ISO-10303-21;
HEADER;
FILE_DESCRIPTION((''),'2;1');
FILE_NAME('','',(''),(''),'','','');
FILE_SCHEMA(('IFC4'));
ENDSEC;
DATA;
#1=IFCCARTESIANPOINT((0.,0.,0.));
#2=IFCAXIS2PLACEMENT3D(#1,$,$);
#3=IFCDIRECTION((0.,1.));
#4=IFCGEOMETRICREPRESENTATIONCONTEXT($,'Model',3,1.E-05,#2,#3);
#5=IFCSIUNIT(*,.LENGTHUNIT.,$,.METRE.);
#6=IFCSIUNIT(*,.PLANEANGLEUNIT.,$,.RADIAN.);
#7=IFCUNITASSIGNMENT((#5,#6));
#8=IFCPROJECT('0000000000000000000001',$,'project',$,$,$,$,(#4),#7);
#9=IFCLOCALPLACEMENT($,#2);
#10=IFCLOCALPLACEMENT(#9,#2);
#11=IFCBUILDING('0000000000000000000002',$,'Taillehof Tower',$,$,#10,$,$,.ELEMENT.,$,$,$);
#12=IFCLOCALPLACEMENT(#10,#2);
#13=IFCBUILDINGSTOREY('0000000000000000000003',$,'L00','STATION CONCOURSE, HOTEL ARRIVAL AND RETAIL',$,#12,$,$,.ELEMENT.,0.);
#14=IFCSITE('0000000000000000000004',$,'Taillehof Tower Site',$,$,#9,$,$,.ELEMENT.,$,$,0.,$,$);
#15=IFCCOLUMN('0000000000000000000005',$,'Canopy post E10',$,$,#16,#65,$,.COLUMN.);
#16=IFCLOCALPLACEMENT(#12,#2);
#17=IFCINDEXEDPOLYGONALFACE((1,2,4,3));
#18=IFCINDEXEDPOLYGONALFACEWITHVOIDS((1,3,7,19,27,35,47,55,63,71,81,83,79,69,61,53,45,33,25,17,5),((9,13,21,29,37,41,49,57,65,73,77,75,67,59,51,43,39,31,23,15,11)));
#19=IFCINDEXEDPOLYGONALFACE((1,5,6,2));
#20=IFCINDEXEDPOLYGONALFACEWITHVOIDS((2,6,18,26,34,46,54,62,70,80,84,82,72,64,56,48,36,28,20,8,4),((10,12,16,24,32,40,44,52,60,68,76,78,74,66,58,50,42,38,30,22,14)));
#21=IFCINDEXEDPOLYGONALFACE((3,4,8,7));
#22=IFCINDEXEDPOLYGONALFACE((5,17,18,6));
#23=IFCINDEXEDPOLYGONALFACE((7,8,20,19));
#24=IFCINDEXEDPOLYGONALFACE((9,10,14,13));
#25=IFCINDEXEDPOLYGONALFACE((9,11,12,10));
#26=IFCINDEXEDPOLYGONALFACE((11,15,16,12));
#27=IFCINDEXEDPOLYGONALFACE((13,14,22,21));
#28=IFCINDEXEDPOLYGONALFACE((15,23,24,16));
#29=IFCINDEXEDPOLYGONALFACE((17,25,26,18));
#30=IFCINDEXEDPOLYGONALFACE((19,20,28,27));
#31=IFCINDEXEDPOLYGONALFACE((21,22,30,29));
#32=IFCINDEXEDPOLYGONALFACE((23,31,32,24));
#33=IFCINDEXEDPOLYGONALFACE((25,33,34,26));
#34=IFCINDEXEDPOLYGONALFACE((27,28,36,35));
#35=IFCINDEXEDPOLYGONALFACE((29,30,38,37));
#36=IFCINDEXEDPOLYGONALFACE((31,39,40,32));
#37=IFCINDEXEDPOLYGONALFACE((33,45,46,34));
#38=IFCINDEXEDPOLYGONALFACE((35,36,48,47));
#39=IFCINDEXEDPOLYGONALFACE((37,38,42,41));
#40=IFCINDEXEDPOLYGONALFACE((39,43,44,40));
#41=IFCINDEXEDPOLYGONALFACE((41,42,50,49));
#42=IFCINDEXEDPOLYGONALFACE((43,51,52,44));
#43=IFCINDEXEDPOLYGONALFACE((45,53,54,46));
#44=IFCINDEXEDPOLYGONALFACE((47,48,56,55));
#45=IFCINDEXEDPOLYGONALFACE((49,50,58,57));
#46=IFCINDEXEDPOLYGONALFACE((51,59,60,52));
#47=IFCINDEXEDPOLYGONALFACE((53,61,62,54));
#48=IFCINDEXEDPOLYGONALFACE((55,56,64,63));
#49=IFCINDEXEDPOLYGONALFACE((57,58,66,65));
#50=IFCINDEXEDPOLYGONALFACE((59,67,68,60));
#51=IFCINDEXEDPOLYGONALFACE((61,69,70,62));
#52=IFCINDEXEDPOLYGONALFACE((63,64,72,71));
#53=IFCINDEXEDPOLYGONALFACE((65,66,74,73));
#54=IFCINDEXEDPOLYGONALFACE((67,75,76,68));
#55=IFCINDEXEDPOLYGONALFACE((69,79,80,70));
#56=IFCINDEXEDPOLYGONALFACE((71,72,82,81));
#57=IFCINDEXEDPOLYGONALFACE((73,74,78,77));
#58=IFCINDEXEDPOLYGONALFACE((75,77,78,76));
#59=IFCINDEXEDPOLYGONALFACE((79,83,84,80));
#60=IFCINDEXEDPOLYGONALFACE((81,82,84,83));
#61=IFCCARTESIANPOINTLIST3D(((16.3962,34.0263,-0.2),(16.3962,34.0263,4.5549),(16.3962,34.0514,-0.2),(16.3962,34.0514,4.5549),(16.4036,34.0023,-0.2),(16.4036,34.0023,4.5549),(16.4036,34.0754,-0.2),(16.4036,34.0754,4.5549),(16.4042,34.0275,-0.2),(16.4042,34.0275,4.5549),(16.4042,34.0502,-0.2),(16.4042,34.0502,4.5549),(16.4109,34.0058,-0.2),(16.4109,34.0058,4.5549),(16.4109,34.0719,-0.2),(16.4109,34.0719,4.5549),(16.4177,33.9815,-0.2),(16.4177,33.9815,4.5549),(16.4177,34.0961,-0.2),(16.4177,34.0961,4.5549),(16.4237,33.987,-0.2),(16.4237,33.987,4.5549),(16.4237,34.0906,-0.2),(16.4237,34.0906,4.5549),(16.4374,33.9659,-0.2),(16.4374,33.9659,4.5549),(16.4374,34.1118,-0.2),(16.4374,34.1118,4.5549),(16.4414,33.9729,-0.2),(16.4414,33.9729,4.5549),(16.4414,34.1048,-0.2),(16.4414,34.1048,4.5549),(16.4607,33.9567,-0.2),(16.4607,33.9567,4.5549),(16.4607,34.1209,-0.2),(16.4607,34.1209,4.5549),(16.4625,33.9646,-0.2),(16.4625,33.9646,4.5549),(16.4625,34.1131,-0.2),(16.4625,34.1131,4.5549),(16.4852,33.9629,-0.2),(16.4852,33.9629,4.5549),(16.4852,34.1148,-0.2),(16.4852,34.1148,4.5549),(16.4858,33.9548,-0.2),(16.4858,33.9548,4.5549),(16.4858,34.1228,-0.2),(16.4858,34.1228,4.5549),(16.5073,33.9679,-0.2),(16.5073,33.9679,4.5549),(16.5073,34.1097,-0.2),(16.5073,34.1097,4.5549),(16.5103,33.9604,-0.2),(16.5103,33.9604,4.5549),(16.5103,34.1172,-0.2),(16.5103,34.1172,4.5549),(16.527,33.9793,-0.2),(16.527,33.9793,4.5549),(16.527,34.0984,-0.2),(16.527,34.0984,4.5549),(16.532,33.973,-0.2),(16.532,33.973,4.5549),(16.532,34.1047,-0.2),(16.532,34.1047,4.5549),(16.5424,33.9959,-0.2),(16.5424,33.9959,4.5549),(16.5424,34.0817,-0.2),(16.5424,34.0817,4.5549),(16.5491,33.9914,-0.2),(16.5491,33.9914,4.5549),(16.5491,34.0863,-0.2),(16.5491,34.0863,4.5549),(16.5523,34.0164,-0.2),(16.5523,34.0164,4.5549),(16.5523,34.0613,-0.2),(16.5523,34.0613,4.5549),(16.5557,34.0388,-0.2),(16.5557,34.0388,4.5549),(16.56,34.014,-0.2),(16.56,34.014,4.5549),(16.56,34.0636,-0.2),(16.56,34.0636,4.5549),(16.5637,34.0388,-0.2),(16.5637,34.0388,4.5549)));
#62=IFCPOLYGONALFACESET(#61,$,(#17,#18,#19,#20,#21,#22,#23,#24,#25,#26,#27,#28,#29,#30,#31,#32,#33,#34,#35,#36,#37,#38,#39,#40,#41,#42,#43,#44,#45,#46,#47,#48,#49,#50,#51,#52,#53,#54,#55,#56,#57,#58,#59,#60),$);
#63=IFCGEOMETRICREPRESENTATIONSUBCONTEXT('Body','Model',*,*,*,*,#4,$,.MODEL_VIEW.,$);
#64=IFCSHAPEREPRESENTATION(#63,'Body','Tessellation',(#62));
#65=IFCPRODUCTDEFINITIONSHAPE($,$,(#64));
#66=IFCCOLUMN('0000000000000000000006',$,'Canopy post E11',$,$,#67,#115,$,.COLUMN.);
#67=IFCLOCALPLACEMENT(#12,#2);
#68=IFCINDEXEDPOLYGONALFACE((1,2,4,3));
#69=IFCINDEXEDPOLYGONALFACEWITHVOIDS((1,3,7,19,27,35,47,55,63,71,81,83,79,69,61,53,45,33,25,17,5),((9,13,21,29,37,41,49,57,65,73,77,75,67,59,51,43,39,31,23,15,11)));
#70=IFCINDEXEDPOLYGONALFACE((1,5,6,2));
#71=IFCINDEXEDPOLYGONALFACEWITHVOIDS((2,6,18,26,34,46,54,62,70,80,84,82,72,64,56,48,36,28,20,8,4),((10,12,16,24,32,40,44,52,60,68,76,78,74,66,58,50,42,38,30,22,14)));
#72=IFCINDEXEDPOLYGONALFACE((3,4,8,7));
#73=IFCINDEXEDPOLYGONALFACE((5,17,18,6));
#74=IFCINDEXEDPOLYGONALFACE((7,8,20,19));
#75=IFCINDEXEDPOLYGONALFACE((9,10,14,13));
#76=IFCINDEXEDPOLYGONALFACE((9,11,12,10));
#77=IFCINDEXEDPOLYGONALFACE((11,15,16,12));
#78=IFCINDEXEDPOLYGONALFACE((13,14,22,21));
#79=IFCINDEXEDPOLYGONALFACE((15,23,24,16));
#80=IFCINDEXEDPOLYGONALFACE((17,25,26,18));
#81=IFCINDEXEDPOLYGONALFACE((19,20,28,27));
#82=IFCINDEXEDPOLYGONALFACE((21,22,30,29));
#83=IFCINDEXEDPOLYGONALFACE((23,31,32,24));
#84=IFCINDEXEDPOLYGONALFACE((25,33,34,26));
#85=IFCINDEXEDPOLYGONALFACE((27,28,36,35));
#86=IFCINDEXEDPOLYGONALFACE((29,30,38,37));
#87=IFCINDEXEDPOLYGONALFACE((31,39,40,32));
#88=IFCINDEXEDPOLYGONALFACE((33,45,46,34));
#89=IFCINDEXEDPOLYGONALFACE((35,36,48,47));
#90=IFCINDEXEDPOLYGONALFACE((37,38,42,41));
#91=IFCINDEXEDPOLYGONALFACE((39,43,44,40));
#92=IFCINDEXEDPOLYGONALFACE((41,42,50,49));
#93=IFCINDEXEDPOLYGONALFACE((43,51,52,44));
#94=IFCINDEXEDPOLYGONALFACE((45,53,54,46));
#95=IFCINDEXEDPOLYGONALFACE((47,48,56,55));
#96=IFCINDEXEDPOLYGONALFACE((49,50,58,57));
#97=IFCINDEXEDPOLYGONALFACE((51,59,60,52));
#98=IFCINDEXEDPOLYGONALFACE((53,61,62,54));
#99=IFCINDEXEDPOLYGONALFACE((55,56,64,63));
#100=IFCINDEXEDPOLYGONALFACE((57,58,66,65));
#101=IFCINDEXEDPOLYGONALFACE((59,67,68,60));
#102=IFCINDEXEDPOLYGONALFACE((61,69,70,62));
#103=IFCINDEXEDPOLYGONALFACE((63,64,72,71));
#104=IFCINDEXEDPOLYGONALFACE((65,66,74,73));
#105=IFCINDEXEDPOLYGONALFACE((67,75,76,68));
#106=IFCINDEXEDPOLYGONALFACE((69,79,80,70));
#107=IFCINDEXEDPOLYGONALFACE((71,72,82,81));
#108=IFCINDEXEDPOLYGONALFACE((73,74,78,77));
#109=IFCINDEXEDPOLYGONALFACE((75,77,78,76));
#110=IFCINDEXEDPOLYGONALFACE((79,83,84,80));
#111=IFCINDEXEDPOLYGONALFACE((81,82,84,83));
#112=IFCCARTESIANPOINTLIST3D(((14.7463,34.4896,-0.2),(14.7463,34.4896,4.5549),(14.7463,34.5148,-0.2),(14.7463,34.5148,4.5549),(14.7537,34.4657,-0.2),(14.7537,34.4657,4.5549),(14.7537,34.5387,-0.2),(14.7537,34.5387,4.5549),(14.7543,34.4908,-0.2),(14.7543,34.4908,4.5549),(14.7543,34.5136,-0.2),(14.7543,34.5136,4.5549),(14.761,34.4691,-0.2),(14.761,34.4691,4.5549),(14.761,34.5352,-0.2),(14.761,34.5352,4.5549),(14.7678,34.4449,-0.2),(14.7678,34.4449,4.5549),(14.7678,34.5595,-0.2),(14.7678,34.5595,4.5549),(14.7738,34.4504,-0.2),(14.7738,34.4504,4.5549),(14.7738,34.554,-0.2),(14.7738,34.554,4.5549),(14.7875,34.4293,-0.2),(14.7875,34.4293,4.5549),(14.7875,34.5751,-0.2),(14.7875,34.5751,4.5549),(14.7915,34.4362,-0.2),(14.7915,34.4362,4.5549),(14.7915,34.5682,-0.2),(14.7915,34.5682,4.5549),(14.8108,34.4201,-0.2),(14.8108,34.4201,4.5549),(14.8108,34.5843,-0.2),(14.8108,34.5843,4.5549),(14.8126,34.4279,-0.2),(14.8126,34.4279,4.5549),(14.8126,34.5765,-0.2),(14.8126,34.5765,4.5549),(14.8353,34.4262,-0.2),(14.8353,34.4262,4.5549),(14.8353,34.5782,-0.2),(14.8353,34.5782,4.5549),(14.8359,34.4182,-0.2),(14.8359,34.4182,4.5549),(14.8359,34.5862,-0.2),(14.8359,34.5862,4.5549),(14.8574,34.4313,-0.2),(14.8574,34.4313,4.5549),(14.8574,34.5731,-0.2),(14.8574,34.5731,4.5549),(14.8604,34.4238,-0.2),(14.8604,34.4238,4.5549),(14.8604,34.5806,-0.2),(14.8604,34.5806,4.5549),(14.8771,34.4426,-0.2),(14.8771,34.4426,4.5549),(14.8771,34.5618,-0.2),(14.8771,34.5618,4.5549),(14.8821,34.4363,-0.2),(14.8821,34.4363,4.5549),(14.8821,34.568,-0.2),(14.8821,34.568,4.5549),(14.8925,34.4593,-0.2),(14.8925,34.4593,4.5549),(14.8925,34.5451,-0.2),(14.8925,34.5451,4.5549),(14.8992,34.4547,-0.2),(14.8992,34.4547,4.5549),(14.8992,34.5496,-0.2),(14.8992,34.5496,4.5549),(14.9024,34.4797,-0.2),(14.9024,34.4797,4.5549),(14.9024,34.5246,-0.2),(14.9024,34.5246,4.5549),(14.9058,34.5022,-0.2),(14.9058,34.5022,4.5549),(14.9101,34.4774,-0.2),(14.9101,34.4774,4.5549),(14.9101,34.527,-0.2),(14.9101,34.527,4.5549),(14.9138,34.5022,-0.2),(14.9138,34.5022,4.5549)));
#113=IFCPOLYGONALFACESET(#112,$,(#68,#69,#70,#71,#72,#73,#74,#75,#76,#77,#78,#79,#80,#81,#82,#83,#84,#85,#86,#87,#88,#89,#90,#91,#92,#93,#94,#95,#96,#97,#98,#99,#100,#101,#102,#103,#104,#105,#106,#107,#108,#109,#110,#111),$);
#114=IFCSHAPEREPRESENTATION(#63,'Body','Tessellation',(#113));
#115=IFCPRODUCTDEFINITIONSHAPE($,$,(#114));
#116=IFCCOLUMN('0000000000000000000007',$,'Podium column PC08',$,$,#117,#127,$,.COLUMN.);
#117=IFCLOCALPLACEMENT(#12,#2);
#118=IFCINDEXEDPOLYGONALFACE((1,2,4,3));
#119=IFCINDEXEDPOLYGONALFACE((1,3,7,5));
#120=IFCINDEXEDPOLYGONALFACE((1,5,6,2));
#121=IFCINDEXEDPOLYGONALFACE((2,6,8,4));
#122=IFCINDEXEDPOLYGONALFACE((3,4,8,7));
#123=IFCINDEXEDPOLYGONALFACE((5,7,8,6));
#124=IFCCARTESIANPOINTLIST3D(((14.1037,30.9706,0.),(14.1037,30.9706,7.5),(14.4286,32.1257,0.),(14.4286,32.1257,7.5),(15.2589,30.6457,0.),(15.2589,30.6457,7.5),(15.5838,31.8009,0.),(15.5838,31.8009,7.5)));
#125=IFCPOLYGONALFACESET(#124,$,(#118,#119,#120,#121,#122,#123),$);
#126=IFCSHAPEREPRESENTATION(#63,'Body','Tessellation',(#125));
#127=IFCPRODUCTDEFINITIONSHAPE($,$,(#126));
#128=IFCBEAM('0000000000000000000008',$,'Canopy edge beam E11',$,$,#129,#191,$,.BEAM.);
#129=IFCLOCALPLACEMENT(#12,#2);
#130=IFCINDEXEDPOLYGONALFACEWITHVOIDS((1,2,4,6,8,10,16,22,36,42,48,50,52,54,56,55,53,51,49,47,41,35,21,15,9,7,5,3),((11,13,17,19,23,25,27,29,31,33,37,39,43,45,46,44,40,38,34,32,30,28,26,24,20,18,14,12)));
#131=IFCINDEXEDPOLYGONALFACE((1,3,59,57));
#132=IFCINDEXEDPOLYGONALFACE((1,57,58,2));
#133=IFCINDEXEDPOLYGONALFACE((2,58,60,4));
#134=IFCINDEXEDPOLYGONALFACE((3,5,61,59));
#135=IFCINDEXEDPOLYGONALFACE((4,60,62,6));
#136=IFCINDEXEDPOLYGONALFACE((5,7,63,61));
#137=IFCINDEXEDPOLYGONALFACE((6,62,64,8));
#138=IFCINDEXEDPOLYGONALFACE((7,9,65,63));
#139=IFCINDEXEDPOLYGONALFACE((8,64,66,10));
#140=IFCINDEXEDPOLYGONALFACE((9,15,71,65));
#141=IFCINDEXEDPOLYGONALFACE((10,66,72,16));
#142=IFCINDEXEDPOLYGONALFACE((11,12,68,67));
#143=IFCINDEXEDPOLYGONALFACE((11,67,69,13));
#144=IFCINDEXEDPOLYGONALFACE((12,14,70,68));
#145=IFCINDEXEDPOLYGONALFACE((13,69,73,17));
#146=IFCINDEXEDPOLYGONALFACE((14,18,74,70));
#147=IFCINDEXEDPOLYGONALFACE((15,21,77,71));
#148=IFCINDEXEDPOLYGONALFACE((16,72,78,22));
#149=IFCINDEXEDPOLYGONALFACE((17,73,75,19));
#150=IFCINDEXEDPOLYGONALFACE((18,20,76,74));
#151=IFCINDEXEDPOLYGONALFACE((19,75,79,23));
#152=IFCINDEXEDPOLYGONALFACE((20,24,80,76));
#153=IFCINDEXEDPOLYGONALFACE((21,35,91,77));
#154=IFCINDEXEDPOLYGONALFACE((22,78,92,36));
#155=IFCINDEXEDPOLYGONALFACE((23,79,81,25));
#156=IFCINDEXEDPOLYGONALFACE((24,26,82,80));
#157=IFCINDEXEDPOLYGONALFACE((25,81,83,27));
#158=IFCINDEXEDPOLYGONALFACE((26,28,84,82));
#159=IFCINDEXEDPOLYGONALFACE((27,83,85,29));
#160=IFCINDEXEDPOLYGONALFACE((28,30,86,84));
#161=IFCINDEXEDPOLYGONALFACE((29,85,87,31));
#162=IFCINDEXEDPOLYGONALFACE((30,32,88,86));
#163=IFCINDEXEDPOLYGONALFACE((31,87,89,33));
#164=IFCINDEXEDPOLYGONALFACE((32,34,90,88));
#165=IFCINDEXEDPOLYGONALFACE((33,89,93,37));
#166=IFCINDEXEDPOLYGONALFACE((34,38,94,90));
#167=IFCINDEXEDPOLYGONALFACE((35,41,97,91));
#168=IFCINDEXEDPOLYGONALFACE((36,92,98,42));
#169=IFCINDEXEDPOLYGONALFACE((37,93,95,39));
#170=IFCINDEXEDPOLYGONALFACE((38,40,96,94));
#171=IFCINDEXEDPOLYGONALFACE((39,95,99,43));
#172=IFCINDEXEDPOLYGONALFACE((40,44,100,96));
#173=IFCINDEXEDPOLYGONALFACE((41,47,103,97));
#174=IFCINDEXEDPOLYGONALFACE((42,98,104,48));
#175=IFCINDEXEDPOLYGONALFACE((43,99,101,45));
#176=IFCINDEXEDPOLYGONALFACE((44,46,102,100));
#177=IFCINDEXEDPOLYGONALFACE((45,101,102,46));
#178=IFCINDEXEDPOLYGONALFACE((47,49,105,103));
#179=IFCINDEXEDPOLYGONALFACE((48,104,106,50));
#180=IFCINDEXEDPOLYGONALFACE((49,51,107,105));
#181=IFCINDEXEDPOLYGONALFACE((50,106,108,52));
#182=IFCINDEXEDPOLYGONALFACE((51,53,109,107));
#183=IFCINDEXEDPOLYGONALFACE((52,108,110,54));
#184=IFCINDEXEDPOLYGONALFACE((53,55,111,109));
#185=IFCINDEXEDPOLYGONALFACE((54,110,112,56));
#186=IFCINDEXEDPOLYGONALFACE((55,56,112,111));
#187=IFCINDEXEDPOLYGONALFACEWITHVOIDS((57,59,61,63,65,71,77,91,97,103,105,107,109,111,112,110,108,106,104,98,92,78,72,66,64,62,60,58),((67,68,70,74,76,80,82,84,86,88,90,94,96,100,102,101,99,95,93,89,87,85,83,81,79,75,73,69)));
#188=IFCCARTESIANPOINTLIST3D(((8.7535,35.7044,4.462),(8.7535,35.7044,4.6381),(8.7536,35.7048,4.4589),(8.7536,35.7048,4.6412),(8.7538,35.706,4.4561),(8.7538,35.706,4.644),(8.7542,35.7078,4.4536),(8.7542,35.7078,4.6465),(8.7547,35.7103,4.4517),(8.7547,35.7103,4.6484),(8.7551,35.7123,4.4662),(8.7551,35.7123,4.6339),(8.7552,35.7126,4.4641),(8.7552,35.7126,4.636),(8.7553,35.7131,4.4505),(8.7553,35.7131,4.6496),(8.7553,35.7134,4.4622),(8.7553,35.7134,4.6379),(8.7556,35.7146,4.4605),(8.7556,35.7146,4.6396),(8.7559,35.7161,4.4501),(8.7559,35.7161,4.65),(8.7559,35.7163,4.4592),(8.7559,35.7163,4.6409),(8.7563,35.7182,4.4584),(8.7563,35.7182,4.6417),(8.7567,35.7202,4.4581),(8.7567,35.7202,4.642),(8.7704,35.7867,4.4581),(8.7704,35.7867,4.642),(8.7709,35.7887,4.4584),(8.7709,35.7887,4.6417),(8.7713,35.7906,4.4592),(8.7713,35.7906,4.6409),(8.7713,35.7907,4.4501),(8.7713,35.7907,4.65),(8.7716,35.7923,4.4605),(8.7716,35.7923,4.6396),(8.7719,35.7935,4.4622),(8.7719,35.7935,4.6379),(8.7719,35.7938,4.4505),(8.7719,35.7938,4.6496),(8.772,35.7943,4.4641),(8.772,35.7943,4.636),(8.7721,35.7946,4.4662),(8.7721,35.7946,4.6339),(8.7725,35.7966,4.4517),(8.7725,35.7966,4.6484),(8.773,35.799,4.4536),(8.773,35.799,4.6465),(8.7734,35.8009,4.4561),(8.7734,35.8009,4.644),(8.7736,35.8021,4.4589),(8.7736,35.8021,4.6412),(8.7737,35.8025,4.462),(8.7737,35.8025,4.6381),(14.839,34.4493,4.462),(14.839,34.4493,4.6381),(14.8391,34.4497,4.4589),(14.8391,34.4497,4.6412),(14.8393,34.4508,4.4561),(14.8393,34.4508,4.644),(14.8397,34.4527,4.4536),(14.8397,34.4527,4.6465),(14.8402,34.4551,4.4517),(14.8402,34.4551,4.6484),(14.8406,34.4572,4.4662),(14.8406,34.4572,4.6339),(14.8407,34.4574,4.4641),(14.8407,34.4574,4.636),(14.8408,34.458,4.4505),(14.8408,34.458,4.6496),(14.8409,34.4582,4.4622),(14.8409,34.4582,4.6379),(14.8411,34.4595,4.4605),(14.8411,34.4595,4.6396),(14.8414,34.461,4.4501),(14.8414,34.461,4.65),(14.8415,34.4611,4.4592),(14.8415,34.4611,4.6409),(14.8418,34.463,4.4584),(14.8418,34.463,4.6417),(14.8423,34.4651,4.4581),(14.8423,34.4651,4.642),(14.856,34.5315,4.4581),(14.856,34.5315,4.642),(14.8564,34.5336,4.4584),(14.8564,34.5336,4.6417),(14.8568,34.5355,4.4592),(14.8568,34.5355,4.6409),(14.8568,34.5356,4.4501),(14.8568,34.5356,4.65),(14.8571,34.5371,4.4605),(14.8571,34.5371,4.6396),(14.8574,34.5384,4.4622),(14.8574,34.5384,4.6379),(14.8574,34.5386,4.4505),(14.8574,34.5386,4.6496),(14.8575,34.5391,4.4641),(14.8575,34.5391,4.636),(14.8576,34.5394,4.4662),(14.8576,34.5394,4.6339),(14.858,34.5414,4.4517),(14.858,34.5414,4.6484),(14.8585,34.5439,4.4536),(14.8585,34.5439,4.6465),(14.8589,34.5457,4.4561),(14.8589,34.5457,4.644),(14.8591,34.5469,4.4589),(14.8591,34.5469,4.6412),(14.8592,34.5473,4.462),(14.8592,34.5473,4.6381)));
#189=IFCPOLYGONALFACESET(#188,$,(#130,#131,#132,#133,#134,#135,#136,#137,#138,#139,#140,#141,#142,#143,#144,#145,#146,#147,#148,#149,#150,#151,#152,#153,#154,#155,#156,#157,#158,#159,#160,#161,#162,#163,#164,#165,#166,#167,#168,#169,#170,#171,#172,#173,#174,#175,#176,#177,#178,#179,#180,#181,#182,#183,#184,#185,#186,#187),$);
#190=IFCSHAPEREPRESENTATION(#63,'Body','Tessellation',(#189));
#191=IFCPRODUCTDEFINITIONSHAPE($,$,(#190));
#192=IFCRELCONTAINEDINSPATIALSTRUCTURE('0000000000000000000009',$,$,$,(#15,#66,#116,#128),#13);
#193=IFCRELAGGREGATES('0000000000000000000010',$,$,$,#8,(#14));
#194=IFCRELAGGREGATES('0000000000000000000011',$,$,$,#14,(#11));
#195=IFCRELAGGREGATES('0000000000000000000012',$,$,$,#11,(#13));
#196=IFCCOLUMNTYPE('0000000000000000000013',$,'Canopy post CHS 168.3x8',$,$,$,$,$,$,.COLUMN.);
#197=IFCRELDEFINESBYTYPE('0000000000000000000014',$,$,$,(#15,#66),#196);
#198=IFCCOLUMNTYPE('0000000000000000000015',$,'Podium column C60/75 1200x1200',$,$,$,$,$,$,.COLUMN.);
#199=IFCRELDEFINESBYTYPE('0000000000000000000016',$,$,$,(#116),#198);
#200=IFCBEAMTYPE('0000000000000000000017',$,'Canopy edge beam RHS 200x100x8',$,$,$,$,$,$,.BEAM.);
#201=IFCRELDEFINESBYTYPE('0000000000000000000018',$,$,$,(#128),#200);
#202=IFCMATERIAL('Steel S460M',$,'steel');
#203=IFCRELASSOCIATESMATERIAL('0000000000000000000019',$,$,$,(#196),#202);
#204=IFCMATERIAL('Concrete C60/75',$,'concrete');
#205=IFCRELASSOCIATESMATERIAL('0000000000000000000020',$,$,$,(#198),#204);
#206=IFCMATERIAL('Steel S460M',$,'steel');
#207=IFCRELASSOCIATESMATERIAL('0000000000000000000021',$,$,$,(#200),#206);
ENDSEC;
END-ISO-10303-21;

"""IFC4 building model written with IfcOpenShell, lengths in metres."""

from ifc_helpers import new_model, si_unit, direction, frame, origin, origin_2d, place, context, subcontext, project, spatial, rectangle, hollow_rectangle, hollow_circle, extrude, material, material_profile, profile_set, type_object, element, save


model = new_model("IFC4")

# Units and contexts
model_context = context("Model", 3, precision=1e-05, world=origin(), true_north=direction((0.0, 1.0)))
body_context = subcontext(model_context, "Body", "Model", "MODEL_VIEW")
ifc_project = project(units=[si_unit("LENGTHUNIT", "METRE"), si_unit("PLANEANGLEUNIT", "RADIAN")], contexts=[model_context])

# Site, building, storey
site_placement = place(None, origin())
site = spatial("IfcSite", under=ifc_project, at=site_placement, Name="Taillehof Tower Site", CompositionType="ELEMENT", RefElevation=0.0)
building_placement = place(site_placement, origin())
building = spatial("IfcBuilding", under=site, at=building_placement, Name="Taillehof Tower", CompositionType="ELEMENT")
storey_placement = place(building_placement, origin())
storey = spatial("IfcBuildingStorey", under=building, at=storey_placement, Name="L00", Description="STATION CONCOURSE, HOTEL ARRIVAL AND RETAIL", CompositionType="ELEMENT", Elevation=0.0)

# Columns
ifc_material_1 = material(Name="Steel S460M", Category="steel")
ifc_material_profile_1 = material_profile(ifc_material_1, hollow_circle(Radius=0.0842, WallThickness=0.0081, at=origin_2d()), Name="CHS 168.3x8")
ifc_profile_set_1 = profile_set([ifc_material_profile_1], Name="Steel S460M")
column_type_1 = type_object("IfcColumnType", Name="Canopy post CHS 168.3x8", PredefinedType="COLUMN", material=ifc_profile_set_1)
for number, where, z_axis, x_axis, name in (
    (1, (16.4795, 34.0388, -0.2), (0.0, 0.0, 1.0), (1.0, 0.0, 0.0), "Canopy post E10"),
    (2, (14.8296, 34.5022, -0.2), (0.0, 0.0, 1.0), (1.0, 0.0, 0.0), "Canopy post E11"),
):
    element("IfcColumn", number, at=place(storey_placement, frame(where, z_axis=z_axis, x_axis=x_axis)), inside=storey, type_object=column_type_1, Name=name, PredefinedType="COLUMN", context=body_context, shape_type="SweptSolid", body=[
        extrude(hollow_circle(Radius=0.0842, WallThickness=0.0081, at=origin_2d()), origin(), (0.0, 0.0, 1.0), 4.7549),
    ])
ifc_material_2 = material(Name="Concrete C60/75", Category="concrete")
ifc_material_profile_2 = material_profile(ifc_material_2, rectangle(XDim=1.2, YDim=1.2, at=origin_2d()), Name="RC 1200x1200")
ifc_profile_set_2 = profile_set([ifc_material_profile_2], Name="Concrete C60/75")
column_type_2 = type_object("IfcColumnType", Name="Podium column C60/75 1200x1200", PredefinedType="COLUMN", material=ifc_profile_set_2)
column_placement = place(storey_placement, frame((14.8438, 31.3857, 0.0), z_axis=(0.0, 0.0, 1.0), x_axis=(0.270745, 0.962651, 0.0)))
element("IfcColumn", 3, at=column_placement, inside=storey, type_object=column_type_2, Name="Podium column PC08", PredefinedType="COLUMN", context=body_context, shape_type="SweptSolid", body=[
    extrude(rectangle(XDim=1.2, YDim=1.2, at=origin_2d()), origin(), (0.0, 0.0, 1.0), 7.5),
])

# Beam
ifc_material_3 = material(Name="Steel S460M", Category="steel")
ifc_material_profile_3 = material_profile(ifc_material_3, hollow_rectangle(XDim=0.1001, YDim=0.2, WallThickness=0.0081, InnerFilletRadius=0.0081, OuterFilletRadius=0.012, at=origin_2d()), Name="RHS 200x100x8")
ifc_profile_set_3 = profile_set([ifc_material_profile_3], Name="Steel S460M")
beam_type_1 = type_object("IfcBeamType", Name="Canopy edge beam RHS 200x100x8", PredefinedType="BEAM", material=ifc_profile_set_3)
beam_1_placement = place(storey_placement, frame((14.8491, 34.4983, 4.55), z_axis=(-0.979386, 0.201999, 0.0), x_axis=(-0.201999, -0.979386, 0.0)))
element("IfcBeam", 4, at=beam_1_placement, inside=storey, type_object=beam_type_1, Name="Canopy edge beam E11", PredefinedType="BEAM", context=body_context, shape_type="SweptSolid", body=[
    extrude(hollow_rectangle(XDim=0.1001, YDim=0.2, WallThickness=0.0081, InnerFilletRadius=0.0081, OuterFilletRadius=0.012, at=origin_2d()), origin(), (0.0, 0.0, 1.0), 6.2136),
])

save(model, "model.ifc")
